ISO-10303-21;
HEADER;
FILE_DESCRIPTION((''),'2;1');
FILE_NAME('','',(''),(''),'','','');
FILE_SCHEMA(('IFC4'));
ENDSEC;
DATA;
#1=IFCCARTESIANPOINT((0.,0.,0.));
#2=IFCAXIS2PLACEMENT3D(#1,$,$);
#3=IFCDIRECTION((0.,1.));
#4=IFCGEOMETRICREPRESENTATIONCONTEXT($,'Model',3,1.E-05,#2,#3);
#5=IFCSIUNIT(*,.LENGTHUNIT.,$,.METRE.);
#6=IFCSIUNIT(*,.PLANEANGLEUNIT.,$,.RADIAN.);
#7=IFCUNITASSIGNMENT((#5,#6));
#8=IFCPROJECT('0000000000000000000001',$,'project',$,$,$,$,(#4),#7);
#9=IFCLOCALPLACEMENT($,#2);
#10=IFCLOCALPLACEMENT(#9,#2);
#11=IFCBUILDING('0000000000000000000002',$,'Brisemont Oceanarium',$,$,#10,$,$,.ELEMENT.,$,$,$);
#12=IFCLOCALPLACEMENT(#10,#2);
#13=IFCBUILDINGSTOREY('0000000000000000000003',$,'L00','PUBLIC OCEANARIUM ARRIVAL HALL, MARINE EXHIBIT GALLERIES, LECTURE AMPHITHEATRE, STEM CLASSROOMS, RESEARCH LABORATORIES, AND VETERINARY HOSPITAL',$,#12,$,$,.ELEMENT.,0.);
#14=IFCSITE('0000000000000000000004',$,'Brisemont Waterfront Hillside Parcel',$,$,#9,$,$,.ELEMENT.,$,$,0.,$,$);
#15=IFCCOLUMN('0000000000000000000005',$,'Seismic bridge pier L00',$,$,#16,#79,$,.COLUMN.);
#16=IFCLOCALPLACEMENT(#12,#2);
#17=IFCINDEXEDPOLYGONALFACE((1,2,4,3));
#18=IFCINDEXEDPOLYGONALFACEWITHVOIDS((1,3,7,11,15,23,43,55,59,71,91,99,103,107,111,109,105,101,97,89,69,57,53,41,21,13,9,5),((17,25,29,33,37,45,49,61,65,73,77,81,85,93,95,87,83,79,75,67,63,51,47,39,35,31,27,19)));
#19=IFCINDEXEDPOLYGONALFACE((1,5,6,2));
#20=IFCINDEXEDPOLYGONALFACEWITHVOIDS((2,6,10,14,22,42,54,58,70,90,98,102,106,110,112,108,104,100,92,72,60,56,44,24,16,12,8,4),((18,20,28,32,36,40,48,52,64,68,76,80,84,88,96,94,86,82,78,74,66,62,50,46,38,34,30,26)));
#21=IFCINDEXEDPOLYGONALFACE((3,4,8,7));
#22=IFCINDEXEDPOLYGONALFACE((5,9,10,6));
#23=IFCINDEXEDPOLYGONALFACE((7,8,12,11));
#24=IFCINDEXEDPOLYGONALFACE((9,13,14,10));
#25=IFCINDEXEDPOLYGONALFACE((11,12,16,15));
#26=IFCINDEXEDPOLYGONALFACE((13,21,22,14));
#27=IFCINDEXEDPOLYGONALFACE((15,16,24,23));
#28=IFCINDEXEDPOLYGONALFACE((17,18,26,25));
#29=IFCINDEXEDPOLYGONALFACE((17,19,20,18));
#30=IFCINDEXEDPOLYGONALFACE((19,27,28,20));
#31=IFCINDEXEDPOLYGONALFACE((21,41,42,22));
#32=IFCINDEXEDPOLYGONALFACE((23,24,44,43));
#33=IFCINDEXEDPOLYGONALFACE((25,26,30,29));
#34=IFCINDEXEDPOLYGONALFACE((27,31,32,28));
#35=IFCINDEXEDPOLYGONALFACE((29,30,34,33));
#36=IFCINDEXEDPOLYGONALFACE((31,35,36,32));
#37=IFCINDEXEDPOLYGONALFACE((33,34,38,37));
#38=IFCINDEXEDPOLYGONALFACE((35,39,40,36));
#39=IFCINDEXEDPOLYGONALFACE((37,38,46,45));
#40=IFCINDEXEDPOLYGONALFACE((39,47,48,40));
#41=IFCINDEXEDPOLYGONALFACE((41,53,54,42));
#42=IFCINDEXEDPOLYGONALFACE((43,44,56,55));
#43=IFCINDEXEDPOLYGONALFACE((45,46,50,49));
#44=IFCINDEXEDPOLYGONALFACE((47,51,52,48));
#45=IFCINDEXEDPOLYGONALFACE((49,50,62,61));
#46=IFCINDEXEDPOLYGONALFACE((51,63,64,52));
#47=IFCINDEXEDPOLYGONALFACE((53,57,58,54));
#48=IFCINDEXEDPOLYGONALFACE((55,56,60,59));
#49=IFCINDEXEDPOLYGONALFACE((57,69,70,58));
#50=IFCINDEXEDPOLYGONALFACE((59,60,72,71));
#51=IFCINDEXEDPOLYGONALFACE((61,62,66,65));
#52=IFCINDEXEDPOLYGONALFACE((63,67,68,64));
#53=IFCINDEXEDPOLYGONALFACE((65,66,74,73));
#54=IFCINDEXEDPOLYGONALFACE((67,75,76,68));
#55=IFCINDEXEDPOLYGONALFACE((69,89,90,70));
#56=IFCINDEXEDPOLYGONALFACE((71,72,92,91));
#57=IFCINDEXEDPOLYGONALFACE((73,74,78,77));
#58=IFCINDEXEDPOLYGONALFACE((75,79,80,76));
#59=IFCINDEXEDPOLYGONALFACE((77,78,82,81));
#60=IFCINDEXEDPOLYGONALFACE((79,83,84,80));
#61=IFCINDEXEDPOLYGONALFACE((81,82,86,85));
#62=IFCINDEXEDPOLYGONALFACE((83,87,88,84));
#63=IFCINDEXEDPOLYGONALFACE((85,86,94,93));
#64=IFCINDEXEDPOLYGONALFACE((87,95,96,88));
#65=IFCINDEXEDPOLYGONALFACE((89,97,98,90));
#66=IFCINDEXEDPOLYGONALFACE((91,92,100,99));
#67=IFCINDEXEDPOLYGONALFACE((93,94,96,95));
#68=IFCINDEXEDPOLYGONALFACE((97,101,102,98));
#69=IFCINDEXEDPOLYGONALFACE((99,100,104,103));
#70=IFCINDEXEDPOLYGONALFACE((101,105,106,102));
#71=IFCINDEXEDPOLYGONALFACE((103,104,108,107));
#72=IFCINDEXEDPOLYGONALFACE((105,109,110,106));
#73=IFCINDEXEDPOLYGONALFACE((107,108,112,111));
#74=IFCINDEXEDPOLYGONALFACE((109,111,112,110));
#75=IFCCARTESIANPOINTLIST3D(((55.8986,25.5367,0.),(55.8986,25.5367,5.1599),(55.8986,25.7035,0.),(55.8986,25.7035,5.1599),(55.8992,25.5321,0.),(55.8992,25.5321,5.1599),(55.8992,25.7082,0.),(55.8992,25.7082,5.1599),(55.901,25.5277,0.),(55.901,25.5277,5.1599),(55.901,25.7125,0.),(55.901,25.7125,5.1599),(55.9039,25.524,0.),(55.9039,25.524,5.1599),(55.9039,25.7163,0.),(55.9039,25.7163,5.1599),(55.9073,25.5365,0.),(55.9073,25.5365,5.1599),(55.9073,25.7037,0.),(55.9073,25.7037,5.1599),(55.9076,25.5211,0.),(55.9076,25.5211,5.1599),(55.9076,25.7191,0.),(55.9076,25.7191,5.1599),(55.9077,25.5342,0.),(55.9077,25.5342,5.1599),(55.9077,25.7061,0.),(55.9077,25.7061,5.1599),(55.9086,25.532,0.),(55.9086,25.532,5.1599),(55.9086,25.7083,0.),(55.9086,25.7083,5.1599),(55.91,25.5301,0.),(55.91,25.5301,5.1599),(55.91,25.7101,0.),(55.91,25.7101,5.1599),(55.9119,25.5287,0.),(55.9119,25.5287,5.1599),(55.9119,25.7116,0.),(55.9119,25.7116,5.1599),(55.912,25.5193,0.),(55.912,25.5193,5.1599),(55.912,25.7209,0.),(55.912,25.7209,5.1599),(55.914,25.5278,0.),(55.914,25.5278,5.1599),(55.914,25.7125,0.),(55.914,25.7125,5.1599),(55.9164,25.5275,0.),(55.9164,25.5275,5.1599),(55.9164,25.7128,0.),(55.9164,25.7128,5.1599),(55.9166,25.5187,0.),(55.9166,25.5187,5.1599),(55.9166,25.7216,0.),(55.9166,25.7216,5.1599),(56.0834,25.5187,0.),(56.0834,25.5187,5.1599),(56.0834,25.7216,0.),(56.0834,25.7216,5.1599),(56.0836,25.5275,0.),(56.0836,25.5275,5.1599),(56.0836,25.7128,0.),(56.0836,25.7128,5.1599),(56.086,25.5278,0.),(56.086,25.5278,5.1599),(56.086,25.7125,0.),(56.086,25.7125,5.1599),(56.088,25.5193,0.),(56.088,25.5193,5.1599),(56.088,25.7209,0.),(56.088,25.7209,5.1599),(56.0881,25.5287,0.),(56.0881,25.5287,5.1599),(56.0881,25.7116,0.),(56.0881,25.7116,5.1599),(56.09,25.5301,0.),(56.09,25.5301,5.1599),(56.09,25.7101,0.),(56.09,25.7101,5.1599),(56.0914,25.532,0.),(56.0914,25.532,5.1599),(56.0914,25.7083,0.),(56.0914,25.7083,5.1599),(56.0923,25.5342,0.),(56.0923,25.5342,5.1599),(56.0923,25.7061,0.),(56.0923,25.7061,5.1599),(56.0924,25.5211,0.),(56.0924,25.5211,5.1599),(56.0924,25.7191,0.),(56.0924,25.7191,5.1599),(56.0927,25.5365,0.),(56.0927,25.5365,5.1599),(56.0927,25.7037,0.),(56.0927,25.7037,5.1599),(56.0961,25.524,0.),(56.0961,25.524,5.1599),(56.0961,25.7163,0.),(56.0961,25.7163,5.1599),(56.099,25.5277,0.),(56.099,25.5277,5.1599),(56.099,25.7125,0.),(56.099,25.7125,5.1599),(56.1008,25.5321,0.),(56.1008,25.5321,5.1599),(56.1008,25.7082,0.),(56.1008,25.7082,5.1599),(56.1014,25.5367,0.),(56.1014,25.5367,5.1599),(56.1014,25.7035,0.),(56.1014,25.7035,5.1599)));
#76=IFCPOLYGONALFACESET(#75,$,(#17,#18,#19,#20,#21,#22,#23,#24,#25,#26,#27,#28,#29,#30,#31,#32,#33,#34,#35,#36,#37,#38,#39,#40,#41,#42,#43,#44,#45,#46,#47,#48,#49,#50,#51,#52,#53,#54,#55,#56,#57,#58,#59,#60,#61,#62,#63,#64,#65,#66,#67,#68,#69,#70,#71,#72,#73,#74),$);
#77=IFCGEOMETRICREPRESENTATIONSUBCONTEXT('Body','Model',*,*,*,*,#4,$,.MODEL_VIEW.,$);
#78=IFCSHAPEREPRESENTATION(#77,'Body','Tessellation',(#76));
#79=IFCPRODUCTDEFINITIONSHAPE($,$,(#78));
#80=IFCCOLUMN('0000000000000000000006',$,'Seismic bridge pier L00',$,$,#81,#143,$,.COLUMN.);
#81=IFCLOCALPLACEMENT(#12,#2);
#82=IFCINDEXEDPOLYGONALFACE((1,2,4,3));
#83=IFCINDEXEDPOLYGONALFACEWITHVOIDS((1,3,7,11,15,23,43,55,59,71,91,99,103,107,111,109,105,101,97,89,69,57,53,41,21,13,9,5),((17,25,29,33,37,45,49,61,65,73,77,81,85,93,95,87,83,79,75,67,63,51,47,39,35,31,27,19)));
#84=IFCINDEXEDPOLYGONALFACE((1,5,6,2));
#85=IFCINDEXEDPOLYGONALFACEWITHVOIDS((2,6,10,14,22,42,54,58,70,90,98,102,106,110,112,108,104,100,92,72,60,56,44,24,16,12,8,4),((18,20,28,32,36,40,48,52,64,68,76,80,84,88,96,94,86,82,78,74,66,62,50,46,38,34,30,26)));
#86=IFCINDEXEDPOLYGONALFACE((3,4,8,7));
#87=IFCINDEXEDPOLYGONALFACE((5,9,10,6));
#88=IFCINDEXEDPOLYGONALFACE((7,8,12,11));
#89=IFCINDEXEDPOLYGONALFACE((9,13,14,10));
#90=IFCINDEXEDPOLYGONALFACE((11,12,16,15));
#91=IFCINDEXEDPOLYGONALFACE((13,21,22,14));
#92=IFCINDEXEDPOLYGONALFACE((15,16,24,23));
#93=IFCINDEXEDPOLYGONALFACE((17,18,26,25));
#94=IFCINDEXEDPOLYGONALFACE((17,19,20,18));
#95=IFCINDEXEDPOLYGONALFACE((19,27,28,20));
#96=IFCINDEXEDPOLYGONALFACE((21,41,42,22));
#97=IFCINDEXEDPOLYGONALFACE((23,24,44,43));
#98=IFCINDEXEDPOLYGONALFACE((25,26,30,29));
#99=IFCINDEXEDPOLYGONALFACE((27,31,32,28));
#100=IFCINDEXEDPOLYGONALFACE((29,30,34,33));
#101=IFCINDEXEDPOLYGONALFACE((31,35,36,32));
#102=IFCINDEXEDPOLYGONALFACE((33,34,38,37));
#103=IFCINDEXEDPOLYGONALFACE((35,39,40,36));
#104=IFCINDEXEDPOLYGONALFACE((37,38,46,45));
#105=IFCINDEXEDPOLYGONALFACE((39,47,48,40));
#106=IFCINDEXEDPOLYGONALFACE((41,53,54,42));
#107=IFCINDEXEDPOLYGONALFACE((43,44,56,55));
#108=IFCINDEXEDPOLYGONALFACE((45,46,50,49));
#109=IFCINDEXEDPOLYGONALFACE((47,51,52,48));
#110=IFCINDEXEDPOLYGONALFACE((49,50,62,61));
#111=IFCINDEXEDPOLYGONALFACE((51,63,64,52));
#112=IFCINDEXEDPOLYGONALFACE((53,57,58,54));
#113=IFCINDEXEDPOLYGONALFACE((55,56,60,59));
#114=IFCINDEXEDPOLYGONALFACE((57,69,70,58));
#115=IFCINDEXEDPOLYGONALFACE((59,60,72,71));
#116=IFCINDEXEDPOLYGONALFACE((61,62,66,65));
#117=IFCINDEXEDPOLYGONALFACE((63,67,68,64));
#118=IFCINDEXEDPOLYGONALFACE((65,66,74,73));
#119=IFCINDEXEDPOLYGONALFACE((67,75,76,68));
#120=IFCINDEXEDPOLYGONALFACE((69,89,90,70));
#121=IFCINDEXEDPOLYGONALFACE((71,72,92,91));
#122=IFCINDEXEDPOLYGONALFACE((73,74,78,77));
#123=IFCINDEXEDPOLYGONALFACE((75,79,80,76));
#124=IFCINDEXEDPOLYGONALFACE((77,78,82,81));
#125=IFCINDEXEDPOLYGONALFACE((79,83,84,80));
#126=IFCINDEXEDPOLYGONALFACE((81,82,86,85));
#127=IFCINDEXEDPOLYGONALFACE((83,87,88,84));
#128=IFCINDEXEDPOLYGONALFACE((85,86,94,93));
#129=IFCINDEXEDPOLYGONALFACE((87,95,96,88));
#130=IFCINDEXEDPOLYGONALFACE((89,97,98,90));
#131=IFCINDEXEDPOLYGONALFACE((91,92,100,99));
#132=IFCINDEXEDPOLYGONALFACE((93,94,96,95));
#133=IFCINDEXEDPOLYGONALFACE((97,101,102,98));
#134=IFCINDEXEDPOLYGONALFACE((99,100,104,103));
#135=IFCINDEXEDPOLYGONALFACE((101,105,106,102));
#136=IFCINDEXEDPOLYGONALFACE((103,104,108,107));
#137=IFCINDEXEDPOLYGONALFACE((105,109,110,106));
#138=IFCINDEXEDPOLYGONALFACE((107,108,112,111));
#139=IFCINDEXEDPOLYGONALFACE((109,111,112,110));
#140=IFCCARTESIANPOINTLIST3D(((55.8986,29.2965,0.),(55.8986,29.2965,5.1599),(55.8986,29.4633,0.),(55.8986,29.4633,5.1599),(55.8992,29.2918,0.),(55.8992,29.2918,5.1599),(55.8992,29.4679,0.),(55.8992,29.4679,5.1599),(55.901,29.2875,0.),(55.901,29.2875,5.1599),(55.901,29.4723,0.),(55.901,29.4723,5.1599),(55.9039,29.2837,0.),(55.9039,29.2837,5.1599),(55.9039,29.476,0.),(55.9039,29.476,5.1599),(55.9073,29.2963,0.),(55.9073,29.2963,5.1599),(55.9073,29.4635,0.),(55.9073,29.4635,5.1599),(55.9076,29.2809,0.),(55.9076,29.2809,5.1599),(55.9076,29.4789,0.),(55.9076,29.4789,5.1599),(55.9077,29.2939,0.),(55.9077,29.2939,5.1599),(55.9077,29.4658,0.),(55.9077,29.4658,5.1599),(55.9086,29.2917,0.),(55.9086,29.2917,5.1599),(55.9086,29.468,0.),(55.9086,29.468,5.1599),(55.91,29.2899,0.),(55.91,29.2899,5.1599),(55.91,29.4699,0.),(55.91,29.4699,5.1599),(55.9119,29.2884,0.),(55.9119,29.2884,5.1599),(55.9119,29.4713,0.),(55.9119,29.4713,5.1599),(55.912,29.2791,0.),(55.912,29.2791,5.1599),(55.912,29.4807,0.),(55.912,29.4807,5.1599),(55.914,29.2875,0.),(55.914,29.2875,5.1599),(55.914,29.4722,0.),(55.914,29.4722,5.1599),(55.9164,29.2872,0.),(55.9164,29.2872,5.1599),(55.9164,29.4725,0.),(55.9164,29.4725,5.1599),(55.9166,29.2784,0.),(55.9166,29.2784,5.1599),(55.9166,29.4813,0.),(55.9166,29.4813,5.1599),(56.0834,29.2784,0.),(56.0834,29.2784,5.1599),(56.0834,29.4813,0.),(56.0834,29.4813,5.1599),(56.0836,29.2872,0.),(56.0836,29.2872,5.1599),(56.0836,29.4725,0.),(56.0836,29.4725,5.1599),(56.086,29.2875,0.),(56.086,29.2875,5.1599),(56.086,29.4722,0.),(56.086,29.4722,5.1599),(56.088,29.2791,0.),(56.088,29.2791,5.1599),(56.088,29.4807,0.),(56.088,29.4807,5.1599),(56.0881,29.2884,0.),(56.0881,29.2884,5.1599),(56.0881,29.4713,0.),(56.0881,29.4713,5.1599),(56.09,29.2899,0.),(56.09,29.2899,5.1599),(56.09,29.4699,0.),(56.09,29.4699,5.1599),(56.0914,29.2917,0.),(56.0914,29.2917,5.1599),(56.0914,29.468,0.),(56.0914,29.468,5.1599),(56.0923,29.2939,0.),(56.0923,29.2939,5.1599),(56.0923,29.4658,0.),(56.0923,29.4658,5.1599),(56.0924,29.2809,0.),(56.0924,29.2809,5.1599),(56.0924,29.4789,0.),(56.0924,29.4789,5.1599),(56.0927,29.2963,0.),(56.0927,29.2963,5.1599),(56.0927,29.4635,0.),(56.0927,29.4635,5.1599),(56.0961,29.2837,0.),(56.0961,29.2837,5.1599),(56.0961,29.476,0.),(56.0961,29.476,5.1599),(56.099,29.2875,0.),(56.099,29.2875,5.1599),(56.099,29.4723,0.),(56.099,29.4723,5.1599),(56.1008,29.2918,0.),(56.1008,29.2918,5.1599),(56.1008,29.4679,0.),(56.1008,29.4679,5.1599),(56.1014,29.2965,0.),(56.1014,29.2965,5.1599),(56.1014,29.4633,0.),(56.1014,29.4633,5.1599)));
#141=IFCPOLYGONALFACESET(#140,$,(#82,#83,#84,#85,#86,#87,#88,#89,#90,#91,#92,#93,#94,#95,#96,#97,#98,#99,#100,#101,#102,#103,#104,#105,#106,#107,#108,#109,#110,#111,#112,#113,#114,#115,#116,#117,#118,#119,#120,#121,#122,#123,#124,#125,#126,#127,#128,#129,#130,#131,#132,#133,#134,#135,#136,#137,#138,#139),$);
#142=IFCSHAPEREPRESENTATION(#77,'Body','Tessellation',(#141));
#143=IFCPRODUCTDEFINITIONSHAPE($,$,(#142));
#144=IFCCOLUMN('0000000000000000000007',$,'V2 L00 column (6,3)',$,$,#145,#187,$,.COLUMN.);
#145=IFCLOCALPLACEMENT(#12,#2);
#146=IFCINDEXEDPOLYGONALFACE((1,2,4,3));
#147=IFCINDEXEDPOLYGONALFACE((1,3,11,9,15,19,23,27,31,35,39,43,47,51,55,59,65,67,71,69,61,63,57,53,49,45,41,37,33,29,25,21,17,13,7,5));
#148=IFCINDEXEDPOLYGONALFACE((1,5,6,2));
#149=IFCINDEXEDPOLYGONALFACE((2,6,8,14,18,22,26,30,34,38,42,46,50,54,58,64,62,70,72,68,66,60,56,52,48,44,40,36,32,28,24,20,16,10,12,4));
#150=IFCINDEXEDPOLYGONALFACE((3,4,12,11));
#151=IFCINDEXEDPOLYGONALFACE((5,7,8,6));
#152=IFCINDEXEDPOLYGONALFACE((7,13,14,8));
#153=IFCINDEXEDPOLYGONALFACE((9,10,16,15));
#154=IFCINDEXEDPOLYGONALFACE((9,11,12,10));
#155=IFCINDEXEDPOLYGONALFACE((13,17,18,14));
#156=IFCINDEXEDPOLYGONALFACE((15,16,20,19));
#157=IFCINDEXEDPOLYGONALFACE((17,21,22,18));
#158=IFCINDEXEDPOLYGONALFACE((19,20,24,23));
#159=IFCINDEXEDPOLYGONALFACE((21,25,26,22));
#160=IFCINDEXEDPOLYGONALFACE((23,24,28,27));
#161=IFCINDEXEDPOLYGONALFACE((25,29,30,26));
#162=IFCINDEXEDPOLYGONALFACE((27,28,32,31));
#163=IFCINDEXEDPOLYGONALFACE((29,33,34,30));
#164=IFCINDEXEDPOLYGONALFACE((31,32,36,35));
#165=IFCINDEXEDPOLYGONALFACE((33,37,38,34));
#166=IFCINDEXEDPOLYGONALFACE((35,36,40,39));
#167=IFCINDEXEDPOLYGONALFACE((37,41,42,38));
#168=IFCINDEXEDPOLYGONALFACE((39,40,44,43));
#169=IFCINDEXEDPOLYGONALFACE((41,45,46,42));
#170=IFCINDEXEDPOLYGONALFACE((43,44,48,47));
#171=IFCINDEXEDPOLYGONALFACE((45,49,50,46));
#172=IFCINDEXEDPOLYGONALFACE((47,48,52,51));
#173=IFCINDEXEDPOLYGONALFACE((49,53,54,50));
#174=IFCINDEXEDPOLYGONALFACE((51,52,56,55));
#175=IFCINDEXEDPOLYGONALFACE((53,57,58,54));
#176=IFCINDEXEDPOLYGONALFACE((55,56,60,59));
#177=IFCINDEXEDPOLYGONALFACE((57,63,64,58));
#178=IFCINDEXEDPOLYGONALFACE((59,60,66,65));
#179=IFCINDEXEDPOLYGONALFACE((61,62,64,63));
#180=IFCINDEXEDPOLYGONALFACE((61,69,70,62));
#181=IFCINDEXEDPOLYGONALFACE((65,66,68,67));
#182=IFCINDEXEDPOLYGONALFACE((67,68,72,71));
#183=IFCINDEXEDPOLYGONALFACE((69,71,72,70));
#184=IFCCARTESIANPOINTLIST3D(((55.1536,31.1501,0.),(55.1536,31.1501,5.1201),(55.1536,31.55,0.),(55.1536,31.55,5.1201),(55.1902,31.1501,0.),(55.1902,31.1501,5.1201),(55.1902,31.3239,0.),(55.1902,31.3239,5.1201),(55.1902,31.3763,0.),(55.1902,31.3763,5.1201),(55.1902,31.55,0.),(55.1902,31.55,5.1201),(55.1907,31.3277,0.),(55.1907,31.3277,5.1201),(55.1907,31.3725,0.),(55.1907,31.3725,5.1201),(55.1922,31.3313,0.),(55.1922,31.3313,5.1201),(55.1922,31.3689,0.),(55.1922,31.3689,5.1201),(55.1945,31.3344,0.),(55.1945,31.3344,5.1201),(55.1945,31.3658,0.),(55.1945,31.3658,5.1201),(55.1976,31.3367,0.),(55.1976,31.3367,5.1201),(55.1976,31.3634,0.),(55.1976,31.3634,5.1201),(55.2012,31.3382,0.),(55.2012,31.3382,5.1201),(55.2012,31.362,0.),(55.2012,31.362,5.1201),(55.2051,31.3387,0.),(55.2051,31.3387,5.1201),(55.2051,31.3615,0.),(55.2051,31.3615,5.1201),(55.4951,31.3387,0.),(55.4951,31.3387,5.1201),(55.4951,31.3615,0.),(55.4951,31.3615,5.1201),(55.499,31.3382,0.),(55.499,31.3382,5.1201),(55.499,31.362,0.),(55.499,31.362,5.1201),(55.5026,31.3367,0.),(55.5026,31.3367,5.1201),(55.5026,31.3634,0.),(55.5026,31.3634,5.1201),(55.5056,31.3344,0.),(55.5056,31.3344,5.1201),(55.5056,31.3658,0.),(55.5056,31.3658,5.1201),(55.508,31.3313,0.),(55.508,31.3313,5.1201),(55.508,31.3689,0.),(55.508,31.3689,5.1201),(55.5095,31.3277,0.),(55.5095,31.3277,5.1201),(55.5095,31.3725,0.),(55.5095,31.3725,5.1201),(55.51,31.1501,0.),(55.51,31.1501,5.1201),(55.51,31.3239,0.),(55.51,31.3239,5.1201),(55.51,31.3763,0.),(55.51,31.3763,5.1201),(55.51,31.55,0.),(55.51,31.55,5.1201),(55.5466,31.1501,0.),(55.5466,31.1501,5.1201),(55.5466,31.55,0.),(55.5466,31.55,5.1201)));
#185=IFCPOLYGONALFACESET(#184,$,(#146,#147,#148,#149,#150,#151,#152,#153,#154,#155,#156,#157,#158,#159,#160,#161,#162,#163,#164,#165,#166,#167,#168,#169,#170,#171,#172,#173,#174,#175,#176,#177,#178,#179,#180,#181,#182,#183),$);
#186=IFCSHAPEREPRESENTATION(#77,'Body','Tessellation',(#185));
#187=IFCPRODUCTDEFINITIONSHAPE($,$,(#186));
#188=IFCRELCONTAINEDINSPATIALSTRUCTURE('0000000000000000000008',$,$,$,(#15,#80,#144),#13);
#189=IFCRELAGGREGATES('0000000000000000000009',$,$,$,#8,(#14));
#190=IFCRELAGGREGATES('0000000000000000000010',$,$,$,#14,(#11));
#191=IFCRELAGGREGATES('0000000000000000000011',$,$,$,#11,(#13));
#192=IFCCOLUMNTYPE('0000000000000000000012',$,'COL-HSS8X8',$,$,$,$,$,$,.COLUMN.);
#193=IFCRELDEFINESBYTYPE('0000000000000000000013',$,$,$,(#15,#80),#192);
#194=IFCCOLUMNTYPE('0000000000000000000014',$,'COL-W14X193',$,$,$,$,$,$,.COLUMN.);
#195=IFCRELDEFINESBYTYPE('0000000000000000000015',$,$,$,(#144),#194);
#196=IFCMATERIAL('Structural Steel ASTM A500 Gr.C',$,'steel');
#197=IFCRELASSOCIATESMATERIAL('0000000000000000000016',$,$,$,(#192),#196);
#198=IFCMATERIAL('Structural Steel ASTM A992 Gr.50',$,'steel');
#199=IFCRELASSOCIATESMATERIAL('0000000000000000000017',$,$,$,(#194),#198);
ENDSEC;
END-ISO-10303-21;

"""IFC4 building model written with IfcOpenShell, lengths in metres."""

from ifc_helpers import new_model, si_unit, direction, frame, origin, origin_2d, place, context, subcontext, project, spatial, hollow_rectangle, i_section, extrude, material, material_profile, profile_set, type_object, element, save


model = new_model("IFC4")

# Units and contexts
model_context = context("Model", 3, precision=1e-05, world=origin(), true_north=direction((0.0, 1.0)))
body_context = subcontext(model_context, "Body", "Model", "MODEL_VIEW")
ifc_project = project(units=[si_unit("LENGTHUNIT", "METRE"), si_unit("PLANEANGLEUNIT", "RADIAN")], contexts=[model_context])

# Site, building, storey
site_placement = place(None, origin())
site = spatial("IfcSite", under=ifc_project, at=site_placement, Name="Brisemont Waterfront Hillside Parcel", CompositionType="ELEMENT", RefElevation=0.0)
building_placement = place(site_placement, origin())
building = spatial("IfcBuilding", under=site, at=building_placement, Name="Brisemont Oceanarium", CompositionType="ELEMENT")
storey_placement = place(building_placement, origin())
storey = spatial("IfcBuildingStorey", under=building, at=storey_placement, Name="L00", Description="PUBLIC OCEANARIUM ARRIVAL HALL, MARINE EXHIBIT GALLERIES, LECTURE AMPHITHEATRE, STEM CLASSROOMS, RESEARCH LABORATORIES, AND VETERINARY HOSPITAL", CompositionType="ELEMENT", Elevation=0.0)

# Columns
ifc_material_1 = material(Name="Structural Steel ASTM A500 Gr.C", Category="steel")
ifc_material_profile_1 = material_profile(ifc_material_1, hollow_rectangle(XDim=0.2029, YDim=0.2029, WallThickness=0.0088, InnerFilletRadius=0.009, OuterFilletRadius=0.0181, at=origin_2d()), Name="HSS8X8X3/8")
ifc_profile_set_1 = profile_set([ifc_material_profile_1], Name="Structural Steel ASTM A500 Gr.C")
column_type_1 = type_object("IfcColumnType", Name="COL-HSS8X8", PredefinedType="COLUMN", material=ifc_profile_set_1)
for number, where, z_axis, x_axis, name in (
    (1, (56.0, 25.6201, 0.0), (0.0, 0.0, 1.0), (1.0, 0.0, 0.0), "Seismic bridge pier L00"),
    (2, (56.0, 29.3799, 0.0), (0.0, 0.0, 1.0), (1.0, 0.0, 0.0), "Seismic bridge pier L00"),
):
    element("IfcColumn", number, at=place(storey_placement, frame(where, z_axis=z_axis, x_axis=x_axis)), inside=storey, type_object=column_type_1, Name=name, PredefinedType="COLUMN", context=body_context, shape_type="SweptSolid", body=[
        extrude(hollow_rectangle(XDim=0.2029, YDim=0.2029, WallThickness=0.0088, InnerFilletRadius=0.009, OuterFilletRadius=0.0181, at=origin_2d()), origin(), (0.0, 0.0, 1.0), 5.1599),
    ])
ifc_material_2 = material(Name="Structural Steel ASTM A992 Gr.50", Category="steel")
ifc_material_profile_2 = material_profile(ifc_material_2, i_section(OverallWidth=0.3999, OverallDepth=0.3931, WebThickness=0.0227, FlangeThickness=0.0366, FilletRadius=0.0149, at=origin_2d()), Name="W14X193")
ifc_profile_set_2 = profile_set([ifc_material_profile_2], Name="Structural Steel ASTM A992 Gr.50")
column_type_2 = type_object("IfcColumnType", Name="COL-W14X193", PredefinedType="COLUMN", material=ifc_profile_set_2)
column_1_placement = place(storey_placement, frame((55.3501, 31.3501, 0.0), z_axis=(0.0, 0.0, 1.0), x_axis=(0.0, 1.0, 0.0)))
element("IfcColumn", 3, at=column_1_placement, inside=storey, type_object=column_type_2, Name="V2 L00 column (6,3)", PredefinedType="COLUMN", context=body_context, shape_type="SweptSolid", body=[
    extrude(i_section(OverallWidth=0.3999, OverallDepth=0.3931, WebThickness=0.0227, FlangeThickness=0.0366, FilletRadius=0.0149, at=origin_2d()), origin(), (0.0, 0.0, 1.0), 5.1201),
])

save(model, "model.ifc")
